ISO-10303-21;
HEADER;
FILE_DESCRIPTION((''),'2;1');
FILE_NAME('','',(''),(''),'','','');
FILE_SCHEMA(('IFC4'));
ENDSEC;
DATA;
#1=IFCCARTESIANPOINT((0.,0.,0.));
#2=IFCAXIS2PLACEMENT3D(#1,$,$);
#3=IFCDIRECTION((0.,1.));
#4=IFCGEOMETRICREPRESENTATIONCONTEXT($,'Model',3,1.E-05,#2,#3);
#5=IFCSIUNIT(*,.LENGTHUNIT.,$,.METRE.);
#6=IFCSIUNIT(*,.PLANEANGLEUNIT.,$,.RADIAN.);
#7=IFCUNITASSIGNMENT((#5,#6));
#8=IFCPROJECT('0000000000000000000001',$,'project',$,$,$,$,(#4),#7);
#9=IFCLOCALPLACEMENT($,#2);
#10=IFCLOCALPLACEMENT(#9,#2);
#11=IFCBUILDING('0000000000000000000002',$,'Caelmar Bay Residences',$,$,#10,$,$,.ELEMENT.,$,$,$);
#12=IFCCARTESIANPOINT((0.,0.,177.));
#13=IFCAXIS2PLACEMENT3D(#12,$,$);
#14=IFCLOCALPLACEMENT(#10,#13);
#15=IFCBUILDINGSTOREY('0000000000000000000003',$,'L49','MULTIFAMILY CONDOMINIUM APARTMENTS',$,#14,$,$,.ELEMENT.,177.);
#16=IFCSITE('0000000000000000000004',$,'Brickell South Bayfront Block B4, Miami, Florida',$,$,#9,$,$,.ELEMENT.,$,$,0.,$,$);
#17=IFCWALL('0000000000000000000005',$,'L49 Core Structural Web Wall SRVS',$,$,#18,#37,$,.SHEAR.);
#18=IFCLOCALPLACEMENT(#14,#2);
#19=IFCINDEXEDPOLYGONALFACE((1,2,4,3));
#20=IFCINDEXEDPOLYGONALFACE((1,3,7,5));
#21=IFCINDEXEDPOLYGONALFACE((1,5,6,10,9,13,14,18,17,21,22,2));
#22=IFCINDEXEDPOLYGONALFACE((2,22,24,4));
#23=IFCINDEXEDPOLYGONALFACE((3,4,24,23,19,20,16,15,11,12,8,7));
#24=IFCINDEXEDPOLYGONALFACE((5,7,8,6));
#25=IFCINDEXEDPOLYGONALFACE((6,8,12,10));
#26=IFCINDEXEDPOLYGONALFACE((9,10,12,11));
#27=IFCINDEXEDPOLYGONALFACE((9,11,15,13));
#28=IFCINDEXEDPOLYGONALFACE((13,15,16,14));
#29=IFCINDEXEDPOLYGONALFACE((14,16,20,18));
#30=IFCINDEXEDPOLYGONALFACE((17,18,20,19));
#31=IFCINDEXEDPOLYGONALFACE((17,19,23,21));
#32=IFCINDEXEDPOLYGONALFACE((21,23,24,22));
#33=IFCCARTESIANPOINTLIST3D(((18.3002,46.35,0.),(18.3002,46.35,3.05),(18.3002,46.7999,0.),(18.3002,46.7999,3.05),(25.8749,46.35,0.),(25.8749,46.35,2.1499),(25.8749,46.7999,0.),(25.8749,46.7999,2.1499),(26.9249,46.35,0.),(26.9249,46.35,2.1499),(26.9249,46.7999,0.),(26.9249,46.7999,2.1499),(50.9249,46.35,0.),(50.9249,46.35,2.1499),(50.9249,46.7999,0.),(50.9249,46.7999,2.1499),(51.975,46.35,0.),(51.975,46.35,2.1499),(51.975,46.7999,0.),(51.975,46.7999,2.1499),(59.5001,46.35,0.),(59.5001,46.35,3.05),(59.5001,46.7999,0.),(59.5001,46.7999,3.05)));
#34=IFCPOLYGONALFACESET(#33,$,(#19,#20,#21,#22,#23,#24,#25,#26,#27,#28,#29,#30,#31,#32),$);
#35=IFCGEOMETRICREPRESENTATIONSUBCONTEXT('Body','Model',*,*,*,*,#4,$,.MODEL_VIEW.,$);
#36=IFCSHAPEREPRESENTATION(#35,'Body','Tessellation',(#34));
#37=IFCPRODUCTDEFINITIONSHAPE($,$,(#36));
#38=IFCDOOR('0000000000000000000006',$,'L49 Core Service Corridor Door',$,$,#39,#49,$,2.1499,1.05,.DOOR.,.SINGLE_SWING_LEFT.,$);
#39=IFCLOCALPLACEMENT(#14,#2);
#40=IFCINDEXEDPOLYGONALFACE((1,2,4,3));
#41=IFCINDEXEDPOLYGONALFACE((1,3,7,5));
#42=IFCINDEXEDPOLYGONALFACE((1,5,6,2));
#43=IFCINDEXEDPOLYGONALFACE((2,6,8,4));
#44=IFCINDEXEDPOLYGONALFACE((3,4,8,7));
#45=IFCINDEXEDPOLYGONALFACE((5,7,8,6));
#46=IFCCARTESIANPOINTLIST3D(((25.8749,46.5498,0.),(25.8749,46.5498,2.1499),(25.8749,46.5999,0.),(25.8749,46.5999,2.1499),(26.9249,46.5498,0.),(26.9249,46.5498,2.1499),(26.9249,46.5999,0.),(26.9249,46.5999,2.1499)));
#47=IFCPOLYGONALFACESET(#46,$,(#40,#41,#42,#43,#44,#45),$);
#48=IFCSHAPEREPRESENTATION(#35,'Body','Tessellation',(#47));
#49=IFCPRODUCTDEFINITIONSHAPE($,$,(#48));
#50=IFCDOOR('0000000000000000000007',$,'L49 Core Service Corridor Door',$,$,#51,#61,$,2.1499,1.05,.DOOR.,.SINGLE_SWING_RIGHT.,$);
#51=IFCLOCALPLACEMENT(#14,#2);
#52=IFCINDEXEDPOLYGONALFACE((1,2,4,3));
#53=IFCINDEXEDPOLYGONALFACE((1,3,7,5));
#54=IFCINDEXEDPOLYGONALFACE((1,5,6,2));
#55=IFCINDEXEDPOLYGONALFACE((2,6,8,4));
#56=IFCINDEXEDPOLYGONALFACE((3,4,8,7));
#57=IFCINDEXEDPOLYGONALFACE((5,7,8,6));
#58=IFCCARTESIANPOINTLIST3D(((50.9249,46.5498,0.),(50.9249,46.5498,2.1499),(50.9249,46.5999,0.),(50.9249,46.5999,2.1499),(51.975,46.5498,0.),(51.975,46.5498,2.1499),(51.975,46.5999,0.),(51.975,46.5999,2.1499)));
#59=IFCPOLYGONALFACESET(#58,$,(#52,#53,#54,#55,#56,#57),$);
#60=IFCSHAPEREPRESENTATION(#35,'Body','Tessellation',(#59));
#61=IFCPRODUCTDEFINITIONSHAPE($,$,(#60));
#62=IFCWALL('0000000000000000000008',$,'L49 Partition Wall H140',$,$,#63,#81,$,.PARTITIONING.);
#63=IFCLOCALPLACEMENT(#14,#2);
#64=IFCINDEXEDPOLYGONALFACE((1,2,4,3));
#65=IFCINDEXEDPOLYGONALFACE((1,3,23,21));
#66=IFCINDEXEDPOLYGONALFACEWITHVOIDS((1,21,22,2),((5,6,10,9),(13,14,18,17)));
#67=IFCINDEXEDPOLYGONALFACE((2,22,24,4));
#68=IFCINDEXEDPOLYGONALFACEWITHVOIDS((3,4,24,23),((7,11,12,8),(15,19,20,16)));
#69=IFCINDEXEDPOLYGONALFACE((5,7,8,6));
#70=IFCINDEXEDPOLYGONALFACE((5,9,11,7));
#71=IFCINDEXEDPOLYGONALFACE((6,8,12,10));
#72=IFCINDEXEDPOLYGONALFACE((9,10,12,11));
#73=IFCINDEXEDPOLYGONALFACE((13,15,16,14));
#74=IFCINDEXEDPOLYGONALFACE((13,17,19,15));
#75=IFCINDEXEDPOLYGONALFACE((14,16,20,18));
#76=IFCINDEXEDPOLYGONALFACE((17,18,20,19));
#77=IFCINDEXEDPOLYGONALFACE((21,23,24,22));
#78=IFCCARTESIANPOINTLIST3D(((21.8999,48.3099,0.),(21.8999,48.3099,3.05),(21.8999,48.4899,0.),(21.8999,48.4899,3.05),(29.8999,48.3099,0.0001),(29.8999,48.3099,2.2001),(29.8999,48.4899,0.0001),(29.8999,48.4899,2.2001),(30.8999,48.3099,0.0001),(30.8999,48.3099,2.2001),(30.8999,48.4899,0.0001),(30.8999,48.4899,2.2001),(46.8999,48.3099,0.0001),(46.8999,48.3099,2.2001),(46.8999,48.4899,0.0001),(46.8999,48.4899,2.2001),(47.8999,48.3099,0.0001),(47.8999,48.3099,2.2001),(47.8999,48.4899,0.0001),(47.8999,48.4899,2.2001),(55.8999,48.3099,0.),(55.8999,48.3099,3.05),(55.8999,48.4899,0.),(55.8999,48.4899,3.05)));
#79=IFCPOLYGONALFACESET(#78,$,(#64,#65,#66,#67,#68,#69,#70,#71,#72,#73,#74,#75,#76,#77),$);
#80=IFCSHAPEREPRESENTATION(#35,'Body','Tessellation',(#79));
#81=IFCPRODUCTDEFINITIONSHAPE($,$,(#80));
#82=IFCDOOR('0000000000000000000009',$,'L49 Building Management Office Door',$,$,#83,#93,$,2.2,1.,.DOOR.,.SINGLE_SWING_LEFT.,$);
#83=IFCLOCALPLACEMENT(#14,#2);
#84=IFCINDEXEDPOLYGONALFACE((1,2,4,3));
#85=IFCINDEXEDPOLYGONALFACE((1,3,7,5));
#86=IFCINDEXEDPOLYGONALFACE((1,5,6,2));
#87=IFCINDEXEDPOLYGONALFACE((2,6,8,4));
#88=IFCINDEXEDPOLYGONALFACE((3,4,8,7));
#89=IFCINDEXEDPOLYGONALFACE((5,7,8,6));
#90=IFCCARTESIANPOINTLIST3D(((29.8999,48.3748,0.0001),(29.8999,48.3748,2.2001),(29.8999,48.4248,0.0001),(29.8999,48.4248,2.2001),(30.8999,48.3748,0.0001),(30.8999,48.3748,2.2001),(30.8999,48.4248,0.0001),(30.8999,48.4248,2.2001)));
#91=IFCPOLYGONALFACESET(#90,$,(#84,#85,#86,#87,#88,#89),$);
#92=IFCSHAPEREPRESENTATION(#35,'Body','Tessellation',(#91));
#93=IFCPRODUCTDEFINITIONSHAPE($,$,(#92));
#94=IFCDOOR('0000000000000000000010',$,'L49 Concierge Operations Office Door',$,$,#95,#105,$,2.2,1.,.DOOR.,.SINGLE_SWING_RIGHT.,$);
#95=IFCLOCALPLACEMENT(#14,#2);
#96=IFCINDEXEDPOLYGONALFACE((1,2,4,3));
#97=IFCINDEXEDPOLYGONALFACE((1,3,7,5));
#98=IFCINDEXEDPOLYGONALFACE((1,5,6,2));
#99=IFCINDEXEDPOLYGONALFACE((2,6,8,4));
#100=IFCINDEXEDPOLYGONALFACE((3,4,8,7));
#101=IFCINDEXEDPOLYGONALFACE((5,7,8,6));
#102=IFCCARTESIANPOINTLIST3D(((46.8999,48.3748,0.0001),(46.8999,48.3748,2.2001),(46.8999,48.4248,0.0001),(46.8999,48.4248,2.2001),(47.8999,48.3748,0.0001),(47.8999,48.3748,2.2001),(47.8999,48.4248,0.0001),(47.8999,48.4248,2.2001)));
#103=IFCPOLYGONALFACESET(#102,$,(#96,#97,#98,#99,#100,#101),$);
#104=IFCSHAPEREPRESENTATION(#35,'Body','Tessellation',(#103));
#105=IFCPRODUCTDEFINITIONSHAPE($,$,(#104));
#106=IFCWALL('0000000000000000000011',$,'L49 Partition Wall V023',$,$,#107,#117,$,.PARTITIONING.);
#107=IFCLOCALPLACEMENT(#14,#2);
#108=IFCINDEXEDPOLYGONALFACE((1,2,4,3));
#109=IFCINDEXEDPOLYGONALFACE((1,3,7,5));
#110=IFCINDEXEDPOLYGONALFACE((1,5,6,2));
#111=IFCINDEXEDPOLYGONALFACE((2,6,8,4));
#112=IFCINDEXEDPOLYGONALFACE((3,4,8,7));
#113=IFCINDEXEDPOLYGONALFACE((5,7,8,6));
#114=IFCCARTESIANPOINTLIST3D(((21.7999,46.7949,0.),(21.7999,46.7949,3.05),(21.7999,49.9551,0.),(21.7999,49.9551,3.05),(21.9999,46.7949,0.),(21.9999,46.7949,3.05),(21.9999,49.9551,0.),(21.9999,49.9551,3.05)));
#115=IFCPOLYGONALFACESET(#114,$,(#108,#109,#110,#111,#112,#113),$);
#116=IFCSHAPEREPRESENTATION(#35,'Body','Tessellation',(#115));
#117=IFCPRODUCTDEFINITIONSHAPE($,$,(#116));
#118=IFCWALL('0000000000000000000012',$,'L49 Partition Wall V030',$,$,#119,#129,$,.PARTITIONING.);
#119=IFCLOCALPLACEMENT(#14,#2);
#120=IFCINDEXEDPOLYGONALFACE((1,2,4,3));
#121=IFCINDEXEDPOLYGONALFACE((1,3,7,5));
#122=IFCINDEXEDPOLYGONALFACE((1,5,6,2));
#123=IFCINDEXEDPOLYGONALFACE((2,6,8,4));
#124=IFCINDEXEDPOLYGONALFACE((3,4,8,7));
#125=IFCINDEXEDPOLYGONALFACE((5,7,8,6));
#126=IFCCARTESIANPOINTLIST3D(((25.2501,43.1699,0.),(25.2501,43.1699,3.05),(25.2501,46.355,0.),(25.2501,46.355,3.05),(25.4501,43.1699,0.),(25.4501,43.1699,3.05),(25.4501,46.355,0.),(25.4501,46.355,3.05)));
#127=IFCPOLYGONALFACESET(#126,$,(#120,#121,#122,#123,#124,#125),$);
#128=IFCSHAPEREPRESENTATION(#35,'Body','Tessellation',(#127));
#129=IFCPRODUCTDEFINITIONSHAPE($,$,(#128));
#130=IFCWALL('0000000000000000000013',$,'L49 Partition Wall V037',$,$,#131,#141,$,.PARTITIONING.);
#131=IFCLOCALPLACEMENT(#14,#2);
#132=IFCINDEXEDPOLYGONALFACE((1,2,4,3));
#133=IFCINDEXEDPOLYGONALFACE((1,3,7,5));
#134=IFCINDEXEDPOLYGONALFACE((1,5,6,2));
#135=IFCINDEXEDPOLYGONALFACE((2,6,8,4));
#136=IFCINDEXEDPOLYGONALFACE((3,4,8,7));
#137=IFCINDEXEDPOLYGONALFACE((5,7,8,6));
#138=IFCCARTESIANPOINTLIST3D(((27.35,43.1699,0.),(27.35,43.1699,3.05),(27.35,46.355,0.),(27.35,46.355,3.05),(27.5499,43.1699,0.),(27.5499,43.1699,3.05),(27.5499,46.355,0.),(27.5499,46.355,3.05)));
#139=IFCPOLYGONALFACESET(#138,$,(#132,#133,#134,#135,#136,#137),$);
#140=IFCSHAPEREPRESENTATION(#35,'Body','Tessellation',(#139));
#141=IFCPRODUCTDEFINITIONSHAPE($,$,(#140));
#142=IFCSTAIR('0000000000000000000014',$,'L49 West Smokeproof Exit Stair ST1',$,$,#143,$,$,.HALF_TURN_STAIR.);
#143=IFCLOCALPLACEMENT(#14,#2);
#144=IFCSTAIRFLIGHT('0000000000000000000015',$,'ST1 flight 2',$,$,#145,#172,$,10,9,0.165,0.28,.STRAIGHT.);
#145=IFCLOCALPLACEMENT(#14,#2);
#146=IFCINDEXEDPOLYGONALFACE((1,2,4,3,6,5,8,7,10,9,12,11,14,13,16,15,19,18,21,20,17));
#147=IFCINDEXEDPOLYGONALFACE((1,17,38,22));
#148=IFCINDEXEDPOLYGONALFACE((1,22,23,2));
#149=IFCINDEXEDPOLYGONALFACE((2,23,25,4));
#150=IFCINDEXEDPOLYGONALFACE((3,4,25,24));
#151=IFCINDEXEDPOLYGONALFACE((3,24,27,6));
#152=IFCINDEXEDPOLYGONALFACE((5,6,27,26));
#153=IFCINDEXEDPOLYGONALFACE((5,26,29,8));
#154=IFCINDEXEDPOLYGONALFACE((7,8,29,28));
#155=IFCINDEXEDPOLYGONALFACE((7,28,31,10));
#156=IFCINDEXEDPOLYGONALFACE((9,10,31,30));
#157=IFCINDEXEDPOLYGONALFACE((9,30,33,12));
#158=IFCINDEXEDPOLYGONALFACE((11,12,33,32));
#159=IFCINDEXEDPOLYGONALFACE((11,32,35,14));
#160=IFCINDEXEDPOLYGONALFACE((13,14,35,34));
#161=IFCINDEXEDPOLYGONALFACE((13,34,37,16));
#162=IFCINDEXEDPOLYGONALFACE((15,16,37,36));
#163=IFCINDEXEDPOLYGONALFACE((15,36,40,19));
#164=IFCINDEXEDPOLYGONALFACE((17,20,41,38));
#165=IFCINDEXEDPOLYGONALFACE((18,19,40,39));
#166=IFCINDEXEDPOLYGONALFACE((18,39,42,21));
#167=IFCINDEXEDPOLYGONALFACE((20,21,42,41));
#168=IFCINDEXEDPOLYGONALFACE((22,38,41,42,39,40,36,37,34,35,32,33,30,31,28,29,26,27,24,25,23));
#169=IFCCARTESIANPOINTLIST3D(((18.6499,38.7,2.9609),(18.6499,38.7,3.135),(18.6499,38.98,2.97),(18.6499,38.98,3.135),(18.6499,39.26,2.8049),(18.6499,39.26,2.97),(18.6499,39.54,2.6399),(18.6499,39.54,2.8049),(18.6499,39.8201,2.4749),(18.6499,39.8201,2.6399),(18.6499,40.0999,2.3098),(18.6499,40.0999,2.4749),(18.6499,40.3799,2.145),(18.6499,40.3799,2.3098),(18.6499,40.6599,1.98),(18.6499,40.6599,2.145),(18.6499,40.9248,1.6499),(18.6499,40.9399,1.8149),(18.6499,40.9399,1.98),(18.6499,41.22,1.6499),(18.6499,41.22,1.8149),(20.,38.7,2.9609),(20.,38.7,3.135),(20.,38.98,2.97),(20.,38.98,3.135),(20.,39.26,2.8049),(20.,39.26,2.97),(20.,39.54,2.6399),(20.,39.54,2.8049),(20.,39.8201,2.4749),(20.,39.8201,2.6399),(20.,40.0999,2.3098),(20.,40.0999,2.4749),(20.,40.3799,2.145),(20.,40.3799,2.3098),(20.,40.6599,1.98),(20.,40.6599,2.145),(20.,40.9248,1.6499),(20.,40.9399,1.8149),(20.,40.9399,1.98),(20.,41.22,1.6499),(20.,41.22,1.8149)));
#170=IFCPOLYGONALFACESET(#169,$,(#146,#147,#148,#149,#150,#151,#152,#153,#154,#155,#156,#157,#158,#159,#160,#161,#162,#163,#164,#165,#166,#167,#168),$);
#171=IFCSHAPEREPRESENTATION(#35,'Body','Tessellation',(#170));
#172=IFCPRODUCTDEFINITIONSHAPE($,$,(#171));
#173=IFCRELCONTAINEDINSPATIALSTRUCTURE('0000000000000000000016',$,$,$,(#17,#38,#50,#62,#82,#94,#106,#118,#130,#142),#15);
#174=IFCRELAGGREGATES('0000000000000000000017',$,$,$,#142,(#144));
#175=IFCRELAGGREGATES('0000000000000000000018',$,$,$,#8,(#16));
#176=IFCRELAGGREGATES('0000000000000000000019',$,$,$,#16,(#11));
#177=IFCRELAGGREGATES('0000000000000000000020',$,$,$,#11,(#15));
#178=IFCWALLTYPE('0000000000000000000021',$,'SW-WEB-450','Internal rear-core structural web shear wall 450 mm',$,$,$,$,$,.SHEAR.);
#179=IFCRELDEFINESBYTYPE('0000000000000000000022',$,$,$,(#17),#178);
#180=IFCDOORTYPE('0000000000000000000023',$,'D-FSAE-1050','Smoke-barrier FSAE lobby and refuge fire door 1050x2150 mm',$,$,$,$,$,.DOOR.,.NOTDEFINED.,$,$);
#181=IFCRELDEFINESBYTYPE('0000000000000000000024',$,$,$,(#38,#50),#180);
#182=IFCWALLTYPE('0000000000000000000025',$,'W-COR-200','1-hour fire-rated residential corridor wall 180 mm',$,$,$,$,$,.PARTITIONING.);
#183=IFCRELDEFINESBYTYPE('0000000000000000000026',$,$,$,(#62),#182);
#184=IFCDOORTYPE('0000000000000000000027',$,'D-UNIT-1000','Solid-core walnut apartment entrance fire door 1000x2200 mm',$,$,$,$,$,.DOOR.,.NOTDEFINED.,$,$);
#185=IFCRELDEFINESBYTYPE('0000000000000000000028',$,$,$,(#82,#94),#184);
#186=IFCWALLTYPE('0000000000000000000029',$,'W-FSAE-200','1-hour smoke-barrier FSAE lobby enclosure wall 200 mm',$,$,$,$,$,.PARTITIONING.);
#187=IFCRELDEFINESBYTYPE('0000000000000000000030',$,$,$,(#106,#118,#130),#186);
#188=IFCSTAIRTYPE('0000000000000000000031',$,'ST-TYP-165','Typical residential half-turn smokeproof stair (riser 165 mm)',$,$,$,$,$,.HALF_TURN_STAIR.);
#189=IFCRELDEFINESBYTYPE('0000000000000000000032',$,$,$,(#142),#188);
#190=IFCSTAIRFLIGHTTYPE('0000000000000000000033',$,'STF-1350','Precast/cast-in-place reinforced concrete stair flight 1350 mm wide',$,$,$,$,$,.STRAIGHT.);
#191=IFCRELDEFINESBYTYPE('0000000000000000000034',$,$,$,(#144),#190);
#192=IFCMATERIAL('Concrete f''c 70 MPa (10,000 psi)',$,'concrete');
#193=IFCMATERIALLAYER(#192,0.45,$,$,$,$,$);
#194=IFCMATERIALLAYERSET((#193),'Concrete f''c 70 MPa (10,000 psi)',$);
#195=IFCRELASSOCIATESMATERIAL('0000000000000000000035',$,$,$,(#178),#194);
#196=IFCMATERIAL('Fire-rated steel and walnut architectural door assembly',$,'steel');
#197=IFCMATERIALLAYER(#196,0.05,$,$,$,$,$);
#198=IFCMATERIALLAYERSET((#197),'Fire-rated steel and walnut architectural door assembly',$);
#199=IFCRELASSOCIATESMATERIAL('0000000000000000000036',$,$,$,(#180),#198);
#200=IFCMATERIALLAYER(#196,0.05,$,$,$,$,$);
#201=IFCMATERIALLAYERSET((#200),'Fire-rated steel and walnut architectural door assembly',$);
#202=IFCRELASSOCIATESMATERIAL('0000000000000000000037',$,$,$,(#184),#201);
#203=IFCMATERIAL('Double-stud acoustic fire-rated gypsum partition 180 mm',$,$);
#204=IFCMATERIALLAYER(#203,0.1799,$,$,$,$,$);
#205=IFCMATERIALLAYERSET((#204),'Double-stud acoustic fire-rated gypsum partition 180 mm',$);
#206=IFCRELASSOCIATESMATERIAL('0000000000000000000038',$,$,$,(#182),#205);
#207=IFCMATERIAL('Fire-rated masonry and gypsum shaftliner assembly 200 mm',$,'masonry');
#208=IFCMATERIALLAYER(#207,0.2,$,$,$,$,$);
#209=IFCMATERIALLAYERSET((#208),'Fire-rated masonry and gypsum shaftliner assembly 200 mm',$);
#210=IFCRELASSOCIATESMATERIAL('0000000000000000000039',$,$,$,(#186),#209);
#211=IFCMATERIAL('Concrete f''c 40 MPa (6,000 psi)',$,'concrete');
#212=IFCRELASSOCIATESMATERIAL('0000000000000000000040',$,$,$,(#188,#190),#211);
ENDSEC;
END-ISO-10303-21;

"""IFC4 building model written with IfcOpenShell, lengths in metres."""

from ifc_helpers import new_model, si_unit, direction, frame, frame_2d, origin, place, context, subcontext, project, spatial, polyline, rectangle, outline, extrude, material, layer, layer_set, type_object, element, fill, aggregate, save


model = new_model("IFC4")

# Units and contexts
model_context = context("Model", 3, precision=1e-05, world=origin(), true_north=direction((0.0, 1.0)))
body_context = subcontext(model_context, "Body", "Model", "MODEL_VIEW")
ifc_project = project(units=[si_unit("LENGTHUNIT", "METRE"), si_unit("PLANEANGLEUNIT", "RADIAN")], contexts=[model_context])

# Site, building, storey
site_placement = place(None, origin())
site = spatial("IfcSite", under=ifc_project, at=site_placement, Name="Brickell South Bayfront Block B4, Miami, Florida", CompositionType="ELEMENT", RefElevation=0.0)
building_placement = place(site_placement, origin())
building = spatial("IfcBuilding", under=site, at=building_placement, Name="Caelmar Bay Residences", CompositionType="ELEMENT")
storey_placement = place(building_placement, frame((0.0, 0.0, 177.0)))
storey = spatial("IfcBuildingStorey", under=building, at=storey_placement, Name="L49", Description="MULTIFAMILY CONDOMINIUM APARTMENTS", CompositionType="ELEMENT", Elevation=177.0)

# Walls, openings, doors
ifc_material_1 = material(Name="Concrete f'c 70 MPa (10,000 psi)", Category="concrete")
ifc_layer_1 = layer(ifc_material_1, 0.45)
ifc_layer_set_1 = layer_set([ifc_layer_1], Name="Concrete f'c 70 MPa (10,000 psi)")
wall_type_1 = type_object("IfcWallType", Name="SW-WEB-450", Description="Internal rear-core structural web shear wall 450 mm", PredefinedType="SHEAR", material=ifc_layer_set_1)
ifc_material_2 = material(Name="Fire-rated steel and walnut architectural door assembly", Category="steel")
ifc_layer_2 = layer(ifc_material_2, 0.05)
ifc_layer_set_2 = layer_set([ifc_layer_2], Name="Fire-rated steel and walnut architectural door assembly")
door_type_1 = type_object("IfcDoorType", Name="D-FSAE-1050", Description="Smoke-barrier FSAE lobby and refuge fire door 1050x2150 mm", OperationType="NOTDEFINED", PredefinedType="DOOR", material=ifc_layer_set_2)
ifc_layer_3 = layer(ifc_material_2, 0.05)
ifc_layer_set_3 = layer_set([ifc_layer_3], Name="Fire-rated steel and walnut architectural door assembly")
door_type_2 = type_object("IfcDoorType", Name="D-UNIT-1000", Description="Solid-core walnut apartment entrance fire door 1000x2200 mm", OperationType="NOTDEFINED", PredefinedType="DOOR", material=ifc_layer_set_3)
wall_1_placement = place(storey_placement, frame((18.3, 46.575, 0.0), z_axis=(0.0, 0.0, 1.0), x_axis=(1.0, 0.0, 0.0)))
wall_1 = element("IfcWall", 1, at=wall_1_placement, inside=storey, type_object=wall_type_1, Name="L49 Core Structural Web Wall SRVS", PredefinedType="SHEAR", context=body_context, shape_type="SweptSolid", body=[
    extrude(rectangle(XDim=41.2, YDim=0.45, at=frame_2d((20.6001, 0.0))), origin(), (0.0, 0.0, 1.0), 3.05),
])
opening_1_placement = place(wall_1_placement, frame((7.575, 0.0, 0.0)))
opening_1 = element("IfcOpeningElement", 2, at=opening_1_placement, cuts=wall_1, PredefinedType="OPENING", context=body_context, shape_type="SweptSolid", body=[
    extrude(rectangle(XDim=1.05, YDim=2.1499, at=frame_2d((0.5249, 1.075))), frame((0.0, 0.2349, 0.0), z_axis=(0.0, -1.0, 0.0), x_axis=(1.0, 0.0, 0.0)), (0.0, 0.0, 1.0), 0.47),
])
opening_2_placement = place(wall_1_placement, frame((32.625, 0.0, 0.0)))
opening_2 = element("IfcOpeningElement", 3, at=opening_2_placement, cuts=wall_1, PredefinedType="OPENING", context=body_context, shape_type="SweptSolid", body=[
    extrude(rectangle(XDim=1.05, YDim=2.1499, at=frame_2d((0.5249, 1.075))), frame((0.0, 0.2349, 0.0), z_axis=(0.0, -1.0, 0.0), x_axis=(1.0, 0.0, 0.0)), (0.0, 0.0, 1.0), 0.47),
])
door_1_placement = place(opening_1_placement, origin())
door_1 = element("IfcDoor", 4, at=door_1_placement, inside=storey, type_object=door_type_1, Name="L49 Core Service Corridor Door", OperationType="SINGLE_SWING_LEFT", OverallHeight=2.1499, OverallWidth=1.05, PredefinedType="DOOR", context=body_context, shape_type="SweptSolid", body=[
    extrude(rectangle(XDim=1.05, YDim=2.1499, at=frame_2d((0.5249, 1.075))), frame((0.0, 0.0249, 0.0), z_axis=(0.0, -1.0, 0.0), x_axis=(1.0, 0.0, 0.0)), (0.0, 0.0, 1.0), 0.05),
])
fill(opening_1, door_1)
door_2_placement = place(opening_2_placement, origin())
door_2 = element("IfcDoor", 5, at=door_2_placement, inside=storey, type_object=door_type_1, Name="L49 Core Service Corridor Door", OperationType="SINGLE_SWING_RIGHT", OverallHeight=2.1499, OverallWidth=1.05, PredefinedType="DOOR", context=body_context, shape_type="SweptSolid", body=[
    extrude(rectangle(XDim=1.05, YDim=2.1499, at=frame_2d((0.5249, 1.075))), frame((0.0, 0.0249, 0.0), z_axis=(0.0, -1.0, 0.0), x_axis=(1.0, 0.0, 0.0)), (0.0, 0.0, 1.0), 0.05),
])
fill(opening_2, door_2)
ifc_material_3 = material(Name="Double-stud acoustic fire-rated gypsum partition 180 mm")
ifc_layer_4 = layer(ifc_material_3, 0.1799)
ifc_layer_set_4 = layer_set([ifc_layer_4], Name="Double-stud acoustic fire-rated gypsum partition 180 mm")
wall_type_2 = type_object("IfcWallType", Name="W-COR-200", Description="1-hour fire-rated residential corridor wall 180 mm", PredefinedType="PARTITIONING", material=ifc_layer_set_4)
wall_2_placement = place(storey_placement, frame((21.8999, 48.3999, 0.0), z_axis=(0.0, 0.0, 1.0), x_axis=(1.0, 0.0, 0.0)))
wall_2 = element("IfcWall", 6, at=wall_2_placement, inside=storey, type_object=wall_type_2, Name="L49 Partition Wall H140", PredefinedType="PARTITIONING", context=body_context, shape_type="SweptSolid", body=[
    extrude(rectangle(XDim=34.0, YDim=0.1799, at=frame_2d((17.0, 0.0))), origin(), (0.0, 0.0, 1.0), 3.05),
])
opening_3_placement = place(wall_2_placement, frame((8.0, 0.0, 0.0)))
opening_3 = element("IfcOpeningElement", 7, at=opening_3_placement, cuts=wall_2, PredefinedType="OPENING", context=body_context, shape_type="SweptSolid", body=[
    extrude(rectangle(XDim=1.0, YDim=2.2, at=frame_2d((0.5, 1.1001))), frame((0.0, 0.0999, 0.0), z_axis=(0.0, -1.0, 0.0), x_axis=(1.0, 0.0, 0.0)), (0.0, 0.0, 1.0), 0.2),
])
opening_4_placement = place(wall_2_placement, frame((25.0, 0.0, 0.0)))
opening_4 = element("IfcOpeningElement", 8, at=opening_4_placement, cuts=wall_2, PredefinedType="OPENING", context=body_context, shape_type="SweptSolid", body=[
    extrude(rectangle(XDim=1.0, YDim=2.2, at=frame_2d((0.5, 1.1001))), frame((0.0, 0.0999, 0.0), z_axis=(0.0, -1.0, 0.0), x_axis=(1.0, 0.0, 0.0)), (0.0, 0.0, 1.0), 0.2),
])
door_3_placement = place(opening_3_placement, origin())
door_3 = element("IfcDoor", 9, at=door_3_placement, inside=storey, type_object=door_type_2, Name="L49 Building Management Office Door", OperationType="SINGLE_SWING_LEFT", OverallHeight=2.2, OverallWidth=1.0, PredefinedType="DOOR", context=body_context, shape_type="SweptSolid", body=[
    extrude(rectangle(XDim=1.0, YDim=2.2, at=frame_2d((0.5, 1.1001))), frame((0.0, 0.0249, 0.0), z_axis=(0.0, -1.0, 0.0), x_axis=(1.0, 0.0, 0.0)), (0.0, 0.0, 1.0), 0.05),
])
fill(opening_3, door_3)
door_4_placement = place(opening_4_placement, origin())
door_4 = element("IfcDoor", 10, at=door_4_placement, inside=storey, type_object=door_type_2, Name="L49 Concierge Operations Office Door", OperationType="SINGLE_SWING_RIGHT", OverallHeight=2.2, OverallWidth=1.0, PredefinedType="DOOR", context=body_context, shape_type="SweptSolid", body=[
    extrude(rectangle(XDim=1.0, YDim=2.2, at=frame_2d((0.5, 1.1001))), frame((0.0, 0.0249, 0.0), z_axis=(0.0, -1.0, 0.0), x_axis=(1.0, 0.0, 0.0)), (0.0, 0.0, 1.0), 0.05),
])
fill(opening_4, door_4)

# Walls
ifc_material_4 = material(Name="Fire-rated masonry and gypsum shaftliner assembly 200 mm", Category="masonry")
ifc_layer_5 = layer(ifc_material_4, 0.2)
ifc_layer_set_5 = layer_set([ifc_layer_5], Name="Fire-rated masonry and gypsum shaftliner assembly 200 mm")
wall_type_3 = type_object("IfcWallType", Name="W-FSAE-200", Description="1-hour smoke-barrier FSAE lobby enclosure wall 200 mm", PredefinedType="PARTITIONING", material=ifc_layer_set_5)
wall_3_placement = place(storey_placement, frame((21.8999, 46.7949, 0.0), z_axis=(0.0, 0.0, 1.0), x_axis=(0.0, 1.0, 0.0)))
element("IfcWall", 11, at=wall_3_placement, inside=storey, type_object=wall_type_3, Name="L49 Partition Wall V023", PredefinedType="PARTITIONING", context=body_context, shape_type="SweptSolid", body=[
    extrude(rectangle(XDim=3.1602, YDim=0.2, at=frame_2d((1.5801, 0.0))), origin(), (0.0, 0.0, 1.0), 3.05),
])
for number, where, z_axis, x_axis, name in (
    (12, (25.3501, 43.1699, 0.0), (0.0, 0.0, 1.0), (0.0, 1.0, 0.0), "L49 Partition Wall V030"),
    (13, (27.45, 43.1699, 0.0), (0.0, 0.0, 1.0), (0.0, 1.0, 0.0), "L49 Partition Wall V037"),
):
    element("IfcWall", number, at=place(storey_placement, frame(where, z_axis=z_axis, x_axis=x_axis)), inside=storey, type_object=wall_type_3, Name=name, PredefinedType="PARTITIONING", context=body_context, shape_type="SweptSolid", body=[
        extrude(rectangle(XDim=3.1851, YDim=0.2, at=frame_2d((1.5925, 0.0))), origin(), (0.0, 0.0, 1.0), 3.05),
    ])

# Stair, stair flight
ifc_material_5 = material(Name="Concrete f'c 40 MPa (6,000 psi)", Category="concrete")
stair_type = type_object("IfcStairType", Name="ST-TYP-165", Description="Typical residential half-turn smokeproof stair (riser 165 mm)", PredefinedType="HALF_TURN_STAIR", material=ifc_material_5)
stair_1_placement = place(storey_placement, origin())
stair_1 = element("IfcStair", 14, at=stair_1_placement, inside=storey, type_object=stair_type, Name="L49 West Smokeproof Exit Stair ST1", PredefinedType="HALF_TURN_STAIR")
stair_flight_type = type_object("IfcStairFlightType", Name="STF-1350", Description="Precast/cast-in-place reinforced concrete stair flight 1350 mm wide", PredefinedType="STRAIGHT", material=ifc_material_5)
stair_flight_1_placement = place(storey_placement, frame((19.325, 41.22, 1.6499), z_axis=(0.0, 0.0, 1.0), x_axis=(0.0, -1.0, 0.0)))
stair_flight_1 = element("IfcStairFlight", 15, at=stair_flight_1_placement, type_object=stair_flight_type, Name="ST1 flight 2", NumberOfRisers=10, NumberOfTreads=9, PredefinedType="STRAIGHT", RiserHeight=0.165, TreadLength=0.28, context=body_context, shape_type="SweptSolid", body=[
    extrude(outline(polyline([(0.0, 0.0), (0.0, 0.165), (0.28, 0.165), (0.28, 0.3301), (0.5601, 0.3301), (0.5601, 0.4951), (0.8401, 0.4951), (0.8401, 0.6599), (1.1201, 0.6599), (1.1201, 0.825), (1.3999, 0.825), (1.3999, 0.99), (1.6799, 0.99), (1.6799, 1.155), (1.96, 1.155), (1.96, 1.3201), (2.24, 1.3201), (2.24, 1.4851), (2.52, 1.4851), (2.52, 1.6499), (2.52, 1.311), (0.2952, 0.0), (0.0, 0.0)])), frame((0.0, 0.675, 0.0), z_axis=(0.0, -1.0, 0.0), x_axis=(1.0, 0.0, 0.0)), (0.0, 0.0, 1.0), 1.3501),
])
aggregate(stair_1, [stair_flight_1])

save(model, "model.ifc")
